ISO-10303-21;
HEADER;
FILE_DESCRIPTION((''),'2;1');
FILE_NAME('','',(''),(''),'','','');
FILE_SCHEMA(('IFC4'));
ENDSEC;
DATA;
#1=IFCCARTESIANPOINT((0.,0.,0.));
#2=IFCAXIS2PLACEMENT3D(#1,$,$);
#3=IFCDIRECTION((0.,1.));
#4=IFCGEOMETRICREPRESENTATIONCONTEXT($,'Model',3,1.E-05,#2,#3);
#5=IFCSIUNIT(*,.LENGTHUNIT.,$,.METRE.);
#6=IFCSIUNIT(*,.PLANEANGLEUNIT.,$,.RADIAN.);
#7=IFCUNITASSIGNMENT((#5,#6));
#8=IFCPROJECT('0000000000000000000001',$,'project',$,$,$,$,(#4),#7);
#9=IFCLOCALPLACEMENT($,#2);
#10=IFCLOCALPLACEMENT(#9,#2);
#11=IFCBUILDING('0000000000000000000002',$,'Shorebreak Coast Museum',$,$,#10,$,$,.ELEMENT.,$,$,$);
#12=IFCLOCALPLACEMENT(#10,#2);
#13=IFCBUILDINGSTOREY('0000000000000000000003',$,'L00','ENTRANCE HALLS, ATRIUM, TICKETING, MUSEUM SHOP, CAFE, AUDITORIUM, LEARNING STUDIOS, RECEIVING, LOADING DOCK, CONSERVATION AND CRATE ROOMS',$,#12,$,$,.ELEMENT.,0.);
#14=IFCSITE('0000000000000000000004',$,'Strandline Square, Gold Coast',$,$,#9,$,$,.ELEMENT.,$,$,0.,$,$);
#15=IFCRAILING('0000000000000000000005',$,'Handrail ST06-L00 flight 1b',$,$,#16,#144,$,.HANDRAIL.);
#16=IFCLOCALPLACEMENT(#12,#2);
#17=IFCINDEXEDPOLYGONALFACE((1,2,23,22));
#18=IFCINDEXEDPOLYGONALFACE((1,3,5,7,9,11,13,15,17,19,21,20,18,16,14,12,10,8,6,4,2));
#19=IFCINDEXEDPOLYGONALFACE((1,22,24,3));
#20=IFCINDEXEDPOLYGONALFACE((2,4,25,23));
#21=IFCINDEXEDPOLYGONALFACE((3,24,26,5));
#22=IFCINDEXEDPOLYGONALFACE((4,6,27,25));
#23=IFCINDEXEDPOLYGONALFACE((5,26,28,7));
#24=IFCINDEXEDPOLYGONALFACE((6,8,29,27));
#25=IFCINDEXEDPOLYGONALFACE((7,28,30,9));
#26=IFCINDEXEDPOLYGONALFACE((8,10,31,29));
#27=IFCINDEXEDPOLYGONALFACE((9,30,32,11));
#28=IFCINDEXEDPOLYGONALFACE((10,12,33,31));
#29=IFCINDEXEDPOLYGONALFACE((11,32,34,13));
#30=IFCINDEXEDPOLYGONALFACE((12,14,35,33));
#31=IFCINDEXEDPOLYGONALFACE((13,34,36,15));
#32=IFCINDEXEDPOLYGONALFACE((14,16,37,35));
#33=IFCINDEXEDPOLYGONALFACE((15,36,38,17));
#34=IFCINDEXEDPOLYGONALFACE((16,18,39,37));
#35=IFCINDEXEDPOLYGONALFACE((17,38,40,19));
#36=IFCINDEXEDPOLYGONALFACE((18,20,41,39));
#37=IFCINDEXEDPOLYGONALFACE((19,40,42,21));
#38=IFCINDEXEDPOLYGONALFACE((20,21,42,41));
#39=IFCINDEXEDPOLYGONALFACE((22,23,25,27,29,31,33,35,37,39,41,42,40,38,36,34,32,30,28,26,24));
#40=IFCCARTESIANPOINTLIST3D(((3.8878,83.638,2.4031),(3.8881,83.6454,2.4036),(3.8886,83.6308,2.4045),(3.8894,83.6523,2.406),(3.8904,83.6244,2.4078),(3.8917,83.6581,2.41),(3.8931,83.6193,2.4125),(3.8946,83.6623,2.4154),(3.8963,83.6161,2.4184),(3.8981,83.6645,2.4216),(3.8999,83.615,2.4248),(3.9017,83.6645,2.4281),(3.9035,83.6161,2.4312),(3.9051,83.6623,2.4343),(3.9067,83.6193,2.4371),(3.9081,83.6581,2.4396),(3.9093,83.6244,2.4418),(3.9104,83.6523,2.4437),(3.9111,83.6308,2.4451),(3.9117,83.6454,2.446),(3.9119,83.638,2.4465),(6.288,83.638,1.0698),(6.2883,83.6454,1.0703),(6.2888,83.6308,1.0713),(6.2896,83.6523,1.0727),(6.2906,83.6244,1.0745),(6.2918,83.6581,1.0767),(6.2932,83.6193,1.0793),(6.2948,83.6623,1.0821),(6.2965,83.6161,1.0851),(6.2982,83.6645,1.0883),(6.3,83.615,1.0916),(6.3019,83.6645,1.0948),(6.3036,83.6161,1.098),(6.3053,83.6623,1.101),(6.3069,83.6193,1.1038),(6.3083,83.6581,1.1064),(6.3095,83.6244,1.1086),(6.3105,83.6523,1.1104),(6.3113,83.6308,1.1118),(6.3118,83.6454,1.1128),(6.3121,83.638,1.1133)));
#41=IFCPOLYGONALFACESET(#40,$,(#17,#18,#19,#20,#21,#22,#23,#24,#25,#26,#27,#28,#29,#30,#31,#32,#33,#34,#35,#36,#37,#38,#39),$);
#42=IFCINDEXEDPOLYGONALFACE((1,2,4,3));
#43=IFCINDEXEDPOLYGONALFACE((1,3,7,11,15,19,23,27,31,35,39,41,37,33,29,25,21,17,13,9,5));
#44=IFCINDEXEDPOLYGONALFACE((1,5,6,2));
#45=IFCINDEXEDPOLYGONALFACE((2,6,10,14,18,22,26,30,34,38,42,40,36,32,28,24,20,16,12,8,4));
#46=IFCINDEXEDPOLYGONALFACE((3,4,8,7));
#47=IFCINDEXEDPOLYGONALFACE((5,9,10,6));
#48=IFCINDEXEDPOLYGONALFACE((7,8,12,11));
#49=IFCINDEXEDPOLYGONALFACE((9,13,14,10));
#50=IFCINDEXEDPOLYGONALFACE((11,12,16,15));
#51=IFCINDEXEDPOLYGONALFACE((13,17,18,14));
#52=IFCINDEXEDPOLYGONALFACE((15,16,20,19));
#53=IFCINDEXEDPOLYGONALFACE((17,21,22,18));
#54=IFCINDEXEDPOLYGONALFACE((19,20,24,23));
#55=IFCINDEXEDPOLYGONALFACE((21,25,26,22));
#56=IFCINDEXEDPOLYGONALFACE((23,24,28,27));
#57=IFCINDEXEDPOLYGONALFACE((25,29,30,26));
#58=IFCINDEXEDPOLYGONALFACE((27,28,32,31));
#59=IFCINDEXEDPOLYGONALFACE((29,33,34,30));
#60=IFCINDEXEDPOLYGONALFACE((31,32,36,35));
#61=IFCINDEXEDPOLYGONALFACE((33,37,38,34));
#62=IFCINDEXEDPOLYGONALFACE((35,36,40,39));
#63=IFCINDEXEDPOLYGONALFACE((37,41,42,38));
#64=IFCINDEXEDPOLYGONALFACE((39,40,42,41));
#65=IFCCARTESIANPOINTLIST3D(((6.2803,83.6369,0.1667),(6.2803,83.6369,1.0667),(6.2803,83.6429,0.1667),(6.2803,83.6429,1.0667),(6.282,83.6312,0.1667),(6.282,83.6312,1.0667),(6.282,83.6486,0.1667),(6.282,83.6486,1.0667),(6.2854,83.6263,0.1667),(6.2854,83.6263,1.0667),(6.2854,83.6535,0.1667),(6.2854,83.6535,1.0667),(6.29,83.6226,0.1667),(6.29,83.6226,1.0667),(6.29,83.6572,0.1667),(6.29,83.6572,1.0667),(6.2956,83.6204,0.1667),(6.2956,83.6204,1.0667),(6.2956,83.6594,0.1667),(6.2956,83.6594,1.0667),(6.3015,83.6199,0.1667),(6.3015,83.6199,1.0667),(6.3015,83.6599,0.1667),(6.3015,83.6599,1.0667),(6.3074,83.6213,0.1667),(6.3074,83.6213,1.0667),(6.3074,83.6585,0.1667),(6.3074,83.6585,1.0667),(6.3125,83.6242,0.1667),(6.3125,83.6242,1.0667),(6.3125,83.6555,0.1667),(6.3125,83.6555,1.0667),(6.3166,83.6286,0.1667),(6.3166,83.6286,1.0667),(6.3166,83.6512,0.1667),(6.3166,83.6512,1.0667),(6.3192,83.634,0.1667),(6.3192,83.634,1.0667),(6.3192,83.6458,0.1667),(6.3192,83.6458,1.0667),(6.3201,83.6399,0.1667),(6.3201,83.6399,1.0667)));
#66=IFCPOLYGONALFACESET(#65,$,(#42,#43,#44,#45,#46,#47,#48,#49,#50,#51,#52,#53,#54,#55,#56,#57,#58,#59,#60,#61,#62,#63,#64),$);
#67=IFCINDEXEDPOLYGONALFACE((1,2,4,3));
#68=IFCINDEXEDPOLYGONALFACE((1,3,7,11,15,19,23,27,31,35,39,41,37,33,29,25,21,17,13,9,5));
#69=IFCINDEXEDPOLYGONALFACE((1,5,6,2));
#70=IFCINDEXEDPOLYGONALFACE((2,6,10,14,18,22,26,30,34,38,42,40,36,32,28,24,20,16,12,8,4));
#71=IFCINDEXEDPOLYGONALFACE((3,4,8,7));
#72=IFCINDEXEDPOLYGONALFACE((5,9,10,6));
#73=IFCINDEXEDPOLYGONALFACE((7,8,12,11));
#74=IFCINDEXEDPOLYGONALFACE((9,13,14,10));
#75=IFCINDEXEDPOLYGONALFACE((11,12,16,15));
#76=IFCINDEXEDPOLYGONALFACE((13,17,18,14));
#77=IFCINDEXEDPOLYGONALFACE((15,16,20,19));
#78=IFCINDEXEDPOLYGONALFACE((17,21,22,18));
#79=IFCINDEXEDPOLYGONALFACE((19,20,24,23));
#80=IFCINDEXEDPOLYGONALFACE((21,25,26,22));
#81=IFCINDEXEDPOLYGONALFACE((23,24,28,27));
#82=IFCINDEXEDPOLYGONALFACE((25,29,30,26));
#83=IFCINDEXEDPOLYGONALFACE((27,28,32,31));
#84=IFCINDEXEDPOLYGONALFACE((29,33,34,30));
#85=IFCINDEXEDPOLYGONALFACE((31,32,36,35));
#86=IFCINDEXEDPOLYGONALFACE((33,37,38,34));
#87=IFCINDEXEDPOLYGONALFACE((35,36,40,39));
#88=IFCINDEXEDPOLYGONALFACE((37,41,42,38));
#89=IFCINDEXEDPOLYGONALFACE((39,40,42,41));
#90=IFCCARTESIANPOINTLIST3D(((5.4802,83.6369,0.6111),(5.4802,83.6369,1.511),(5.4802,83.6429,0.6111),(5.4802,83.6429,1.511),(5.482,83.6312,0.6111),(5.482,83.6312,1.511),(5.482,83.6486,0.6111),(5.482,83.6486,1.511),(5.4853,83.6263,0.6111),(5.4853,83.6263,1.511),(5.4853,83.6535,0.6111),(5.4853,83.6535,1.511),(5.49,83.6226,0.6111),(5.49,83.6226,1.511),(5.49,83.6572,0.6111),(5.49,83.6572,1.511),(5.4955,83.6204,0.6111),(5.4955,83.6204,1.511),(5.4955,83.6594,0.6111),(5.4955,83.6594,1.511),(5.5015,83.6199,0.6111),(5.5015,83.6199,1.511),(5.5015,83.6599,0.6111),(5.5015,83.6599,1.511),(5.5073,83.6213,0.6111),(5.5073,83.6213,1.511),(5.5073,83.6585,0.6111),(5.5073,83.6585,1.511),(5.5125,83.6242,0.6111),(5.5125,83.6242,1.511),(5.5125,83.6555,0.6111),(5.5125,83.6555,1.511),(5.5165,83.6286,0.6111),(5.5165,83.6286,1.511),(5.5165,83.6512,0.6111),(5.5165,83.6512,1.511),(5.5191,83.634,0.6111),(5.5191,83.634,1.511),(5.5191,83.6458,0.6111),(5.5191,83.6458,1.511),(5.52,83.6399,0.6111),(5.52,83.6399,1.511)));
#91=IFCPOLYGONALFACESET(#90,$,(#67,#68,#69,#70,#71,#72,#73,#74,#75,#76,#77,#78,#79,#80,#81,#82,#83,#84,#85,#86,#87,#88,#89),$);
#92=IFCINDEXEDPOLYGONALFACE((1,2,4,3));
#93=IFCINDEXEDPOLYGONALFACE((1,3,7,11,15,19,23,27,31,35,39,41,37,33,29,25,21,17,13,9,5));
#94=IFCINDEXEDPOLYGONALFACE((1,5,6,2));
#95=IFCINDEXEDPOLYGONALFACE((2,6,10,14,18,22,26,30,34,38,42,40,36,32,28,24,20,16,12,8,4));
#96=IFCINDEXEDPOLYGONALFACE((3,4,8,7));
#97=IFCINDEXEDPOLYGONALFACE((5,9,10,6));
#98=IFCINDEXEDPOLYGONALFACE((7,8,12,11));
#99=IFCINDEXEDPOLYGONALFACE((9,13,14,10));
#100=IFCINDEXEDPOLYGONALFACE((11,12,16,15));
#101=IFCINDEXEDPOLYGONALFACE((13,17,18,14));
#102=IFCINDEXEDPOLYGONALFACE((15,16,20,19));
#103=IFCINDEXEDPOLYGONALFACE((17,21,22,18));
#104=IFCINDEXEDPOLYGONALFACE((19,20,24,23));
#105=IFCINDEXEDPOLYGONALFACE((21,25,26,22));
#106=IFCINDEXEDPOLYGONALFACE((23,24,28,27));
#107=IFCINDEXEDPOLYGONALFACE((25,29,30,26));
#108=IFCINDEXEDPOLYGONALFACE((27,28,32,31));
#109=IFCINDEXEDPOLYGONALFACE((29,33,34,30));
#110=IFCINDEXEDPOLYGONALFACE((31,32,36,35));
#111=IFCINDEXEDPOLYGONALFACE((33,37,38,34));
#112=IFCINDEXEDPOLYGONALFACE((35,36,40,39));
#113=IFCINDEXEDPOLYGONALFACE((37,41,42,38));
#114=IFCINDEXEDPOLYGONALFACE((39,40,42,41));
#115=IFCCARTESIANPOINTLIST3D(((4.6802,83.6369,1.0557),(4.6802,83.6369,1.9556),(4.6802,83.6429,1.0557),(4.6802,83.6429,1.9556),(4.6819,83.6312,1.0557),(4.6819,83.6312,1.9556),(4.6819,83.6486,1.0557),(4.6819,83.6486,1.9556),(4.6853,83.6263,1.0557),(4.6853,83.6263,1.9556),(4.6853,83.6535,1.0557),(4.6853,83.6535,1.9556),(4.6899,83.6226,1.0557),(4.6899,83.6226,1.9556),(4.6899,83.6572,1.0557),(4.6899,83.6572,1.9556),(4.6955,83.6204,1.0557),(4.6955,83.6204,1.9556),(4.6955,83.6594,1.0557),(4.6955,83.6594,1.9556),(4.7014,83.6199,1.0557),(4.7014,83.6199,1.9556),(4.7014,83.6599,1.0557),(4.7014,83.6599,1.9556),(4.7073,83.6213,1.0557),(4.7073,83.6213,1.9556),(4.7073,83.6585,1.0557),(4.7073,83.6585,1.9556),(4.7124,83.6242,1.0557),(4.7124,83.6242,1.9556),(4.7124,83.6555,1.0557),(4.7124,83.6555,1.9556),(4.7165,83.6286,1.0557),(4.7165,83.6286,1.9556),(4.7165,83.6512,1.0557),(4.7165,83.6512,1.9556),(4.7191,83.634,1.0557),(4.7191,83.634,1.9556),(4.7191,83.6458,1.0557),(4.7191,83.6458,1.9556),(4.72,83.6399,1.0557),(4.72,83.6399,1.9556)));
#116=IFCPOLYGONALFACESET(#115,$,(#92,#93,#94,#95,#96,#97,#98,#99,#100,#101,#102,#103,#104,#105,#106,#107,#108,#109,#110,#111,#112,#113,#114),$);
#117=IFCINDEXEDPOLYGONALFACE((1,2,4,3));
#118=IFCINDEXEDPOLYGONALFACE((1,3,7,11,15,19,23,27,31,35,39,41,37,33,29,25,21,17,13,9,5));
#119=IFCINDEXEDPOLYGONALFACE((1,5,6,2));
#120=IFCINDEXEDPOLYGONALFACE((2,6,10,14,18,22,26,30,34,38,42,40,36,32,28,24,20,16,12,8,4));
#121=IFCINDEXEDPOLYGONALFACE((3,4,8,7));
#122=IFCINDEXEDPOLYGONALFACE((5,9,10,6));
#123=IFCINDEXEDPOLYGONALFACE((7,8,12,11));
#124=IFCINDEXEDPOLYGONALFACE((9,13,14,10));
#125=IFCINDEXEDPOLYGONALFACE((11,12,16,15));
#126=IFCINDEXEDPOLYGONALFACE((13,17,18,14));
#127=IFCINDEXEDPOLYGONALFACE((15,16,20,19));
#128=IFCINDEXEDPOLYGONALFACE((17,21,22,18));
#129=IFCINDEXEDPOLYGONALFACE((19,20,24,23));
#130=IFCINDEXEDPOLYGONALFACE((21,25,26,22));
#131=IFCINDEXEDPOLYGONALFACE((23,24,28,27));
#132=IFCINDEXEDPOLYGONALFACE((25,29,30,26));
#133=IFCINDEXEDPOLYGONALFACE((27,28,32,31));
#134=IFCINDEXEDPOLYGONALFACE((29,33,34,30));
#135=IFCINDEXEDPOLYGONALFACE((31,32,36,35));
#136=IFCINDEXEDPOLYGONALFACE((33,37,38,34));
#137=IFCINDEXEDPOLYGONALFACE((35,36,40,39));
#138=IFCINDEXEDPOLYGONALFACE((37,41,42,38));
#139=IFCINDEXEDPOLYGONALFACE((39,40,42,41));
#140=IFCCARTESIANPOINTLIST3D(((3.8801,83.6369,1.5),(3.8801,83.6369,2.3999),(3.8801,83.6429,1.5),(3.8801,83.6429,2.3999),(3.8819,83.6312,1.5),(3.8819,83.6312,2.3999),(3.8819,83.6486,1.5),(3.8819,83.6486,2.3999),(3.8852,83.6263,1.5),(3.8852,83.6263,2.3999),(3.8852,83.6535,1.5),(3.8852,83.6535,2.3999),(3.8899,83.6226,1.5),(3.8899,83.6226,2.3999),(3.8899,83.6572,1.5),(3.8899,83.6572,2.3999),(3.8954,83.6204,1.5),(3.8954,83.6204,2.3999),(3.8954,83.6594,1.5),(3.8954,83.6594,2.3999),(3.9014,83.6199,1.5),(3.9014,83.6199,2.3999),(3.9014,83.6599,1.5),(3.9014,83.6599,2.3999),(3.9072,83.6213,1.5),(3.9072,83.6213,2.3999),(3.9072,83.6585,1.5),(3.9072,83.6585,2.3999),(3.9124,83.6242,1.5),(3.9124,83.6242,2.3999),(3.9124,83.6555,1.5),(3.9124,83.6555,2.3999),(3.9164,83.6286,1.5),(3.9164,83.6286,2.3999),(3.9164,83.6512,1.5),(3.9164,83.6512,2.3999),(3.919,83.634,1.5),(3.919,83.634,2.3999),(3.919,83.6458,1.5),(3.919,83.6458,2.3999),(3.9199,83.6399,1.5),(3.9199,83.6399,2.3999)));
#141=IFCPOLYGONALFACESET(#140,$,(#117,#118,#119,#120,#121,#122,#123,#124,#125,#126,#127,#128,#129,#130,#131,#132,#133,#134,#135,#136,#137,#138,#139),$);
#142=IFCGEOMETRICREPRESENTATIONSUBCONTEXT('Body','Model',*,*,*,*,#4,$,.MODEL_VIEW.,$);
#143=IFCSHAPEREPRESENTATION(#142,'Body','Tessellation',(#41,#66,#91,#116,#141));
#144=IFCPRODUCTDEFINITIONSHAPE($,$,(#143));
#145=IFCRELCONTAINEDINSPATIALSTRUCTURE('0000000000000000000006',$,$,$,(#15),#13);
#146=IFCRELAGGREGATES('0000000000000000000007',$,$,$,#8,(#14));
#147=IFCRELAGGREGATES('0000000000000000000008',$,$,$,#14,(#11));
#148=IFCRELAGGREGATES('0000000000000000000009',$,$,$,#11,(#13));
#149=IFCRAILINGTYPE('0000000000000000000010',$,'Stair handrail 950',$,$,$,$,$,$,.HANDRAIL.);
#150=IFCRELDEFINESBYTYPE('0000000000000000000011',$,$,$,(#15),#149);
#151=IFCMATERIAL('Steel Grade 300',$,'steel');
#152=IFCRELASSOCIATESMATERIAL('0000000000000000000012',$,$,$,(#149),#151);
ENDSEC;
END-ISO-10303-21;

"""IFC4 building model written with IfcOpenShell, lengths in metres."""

from ifc_helpers import new_model, si_unit, direction, frame, origin, origin_2d, place, context, subcontext, project, spatial, circle, extrude, material, type_object, element, save


model = new_model("IFC4")

# Units and contexts
model_context = context("Model", 3, precision=1e-05, world=origin(), true_north=direction((0.0, 1.0)))
body_context = subcontext(model_context, "Body", "Model", "MODEL_VIEW")
ifc_project = project(units=[si_unit("LENGTHUNIT", "METRE"), si_unit("PLANEANGLEUNIT", "RADIAN")], contexts=[model_context])

# Site, building, storey
site_placement = place(None, origin())
site = spatial("IfcSite", under=ifc_project, at=site_placement, Name="Strandline Square, Gold Coast", CompositionType="ELEMENT", RefElevation=0.0)
building_placement = place(site_placement, origin())
building = spatial("IfcBuilding", under=site, at=building_placement, Name="Shorebreak Coast Museum", CompositionType="ELEMENT")
storey_placement = place(building_placement, origin())
storey = spatial("IfcBuildingStorey", under=building, at=storey_placement, Name="L00", Description="ENTRANCE HALLS, ATRIUM, TICKETING, MUSEUM SHOP, CAFE, AUDITORIUM, LEARNING STUDIOS, RECEIVING, LOADING DOCK, CONSERVATION AND CRATE ROOMS", CompositionType="ELEMENT", Elevation=0.0)

# Railing
ifc_material_1 = material(Name="Steel Grade 300", Category="steel")
railing_type_1 = type_object("IfcRailingType", Name="Stair handrail 950", PredefinedType="HANDRAIL", material=ifc_material_1)
for number, where, name in (
    (1, (6.3, 83.6399, 0.1667), "Handrail ST06-L00 flight 1b"),
):
    element("IfcRailing", number, at=place(storey_placement, frame(where)), inside=storey, type_object=railing_type_1, Name=name, PredefinedType="HANDRAIL", context=body_context, shape_type="SweptSolid", body=[
        extrude(circle(Radius=0.0249, at=origin_2d()), frame((0.0, 0.0, 0.9248), z_axis=(-0.874182, 0.0, 0.485598), x_axis=(0.0, -1.0, 0.0)), (0.0, 0.0, 1.0), 2.7456),
        extrude(circle(Radius=0.02, at=origin_2d()), origin(), (0.0, 0.0, 1.0), 0.8999),
        extrude(circle(Radius=0.02, at=origin_2d()), frame((-0.8, 0.0, 0.4443)), (0.0, 0.0, 1.0), 0.8999),
        extrude(circle(Radius=0.02, at=origin_2d()), frame((-1.6001, 0.0, 0.8889)), (0.0, 0.0, 1.0), 0.8999),
        extrude(circle(Radius=0.02, at=origin_2d()), frame((-2.4001, 0.0, 1.3333)), (0.0, 0.0, 1.0), 0.8999),
    ])

save(model, "model.ifc")
